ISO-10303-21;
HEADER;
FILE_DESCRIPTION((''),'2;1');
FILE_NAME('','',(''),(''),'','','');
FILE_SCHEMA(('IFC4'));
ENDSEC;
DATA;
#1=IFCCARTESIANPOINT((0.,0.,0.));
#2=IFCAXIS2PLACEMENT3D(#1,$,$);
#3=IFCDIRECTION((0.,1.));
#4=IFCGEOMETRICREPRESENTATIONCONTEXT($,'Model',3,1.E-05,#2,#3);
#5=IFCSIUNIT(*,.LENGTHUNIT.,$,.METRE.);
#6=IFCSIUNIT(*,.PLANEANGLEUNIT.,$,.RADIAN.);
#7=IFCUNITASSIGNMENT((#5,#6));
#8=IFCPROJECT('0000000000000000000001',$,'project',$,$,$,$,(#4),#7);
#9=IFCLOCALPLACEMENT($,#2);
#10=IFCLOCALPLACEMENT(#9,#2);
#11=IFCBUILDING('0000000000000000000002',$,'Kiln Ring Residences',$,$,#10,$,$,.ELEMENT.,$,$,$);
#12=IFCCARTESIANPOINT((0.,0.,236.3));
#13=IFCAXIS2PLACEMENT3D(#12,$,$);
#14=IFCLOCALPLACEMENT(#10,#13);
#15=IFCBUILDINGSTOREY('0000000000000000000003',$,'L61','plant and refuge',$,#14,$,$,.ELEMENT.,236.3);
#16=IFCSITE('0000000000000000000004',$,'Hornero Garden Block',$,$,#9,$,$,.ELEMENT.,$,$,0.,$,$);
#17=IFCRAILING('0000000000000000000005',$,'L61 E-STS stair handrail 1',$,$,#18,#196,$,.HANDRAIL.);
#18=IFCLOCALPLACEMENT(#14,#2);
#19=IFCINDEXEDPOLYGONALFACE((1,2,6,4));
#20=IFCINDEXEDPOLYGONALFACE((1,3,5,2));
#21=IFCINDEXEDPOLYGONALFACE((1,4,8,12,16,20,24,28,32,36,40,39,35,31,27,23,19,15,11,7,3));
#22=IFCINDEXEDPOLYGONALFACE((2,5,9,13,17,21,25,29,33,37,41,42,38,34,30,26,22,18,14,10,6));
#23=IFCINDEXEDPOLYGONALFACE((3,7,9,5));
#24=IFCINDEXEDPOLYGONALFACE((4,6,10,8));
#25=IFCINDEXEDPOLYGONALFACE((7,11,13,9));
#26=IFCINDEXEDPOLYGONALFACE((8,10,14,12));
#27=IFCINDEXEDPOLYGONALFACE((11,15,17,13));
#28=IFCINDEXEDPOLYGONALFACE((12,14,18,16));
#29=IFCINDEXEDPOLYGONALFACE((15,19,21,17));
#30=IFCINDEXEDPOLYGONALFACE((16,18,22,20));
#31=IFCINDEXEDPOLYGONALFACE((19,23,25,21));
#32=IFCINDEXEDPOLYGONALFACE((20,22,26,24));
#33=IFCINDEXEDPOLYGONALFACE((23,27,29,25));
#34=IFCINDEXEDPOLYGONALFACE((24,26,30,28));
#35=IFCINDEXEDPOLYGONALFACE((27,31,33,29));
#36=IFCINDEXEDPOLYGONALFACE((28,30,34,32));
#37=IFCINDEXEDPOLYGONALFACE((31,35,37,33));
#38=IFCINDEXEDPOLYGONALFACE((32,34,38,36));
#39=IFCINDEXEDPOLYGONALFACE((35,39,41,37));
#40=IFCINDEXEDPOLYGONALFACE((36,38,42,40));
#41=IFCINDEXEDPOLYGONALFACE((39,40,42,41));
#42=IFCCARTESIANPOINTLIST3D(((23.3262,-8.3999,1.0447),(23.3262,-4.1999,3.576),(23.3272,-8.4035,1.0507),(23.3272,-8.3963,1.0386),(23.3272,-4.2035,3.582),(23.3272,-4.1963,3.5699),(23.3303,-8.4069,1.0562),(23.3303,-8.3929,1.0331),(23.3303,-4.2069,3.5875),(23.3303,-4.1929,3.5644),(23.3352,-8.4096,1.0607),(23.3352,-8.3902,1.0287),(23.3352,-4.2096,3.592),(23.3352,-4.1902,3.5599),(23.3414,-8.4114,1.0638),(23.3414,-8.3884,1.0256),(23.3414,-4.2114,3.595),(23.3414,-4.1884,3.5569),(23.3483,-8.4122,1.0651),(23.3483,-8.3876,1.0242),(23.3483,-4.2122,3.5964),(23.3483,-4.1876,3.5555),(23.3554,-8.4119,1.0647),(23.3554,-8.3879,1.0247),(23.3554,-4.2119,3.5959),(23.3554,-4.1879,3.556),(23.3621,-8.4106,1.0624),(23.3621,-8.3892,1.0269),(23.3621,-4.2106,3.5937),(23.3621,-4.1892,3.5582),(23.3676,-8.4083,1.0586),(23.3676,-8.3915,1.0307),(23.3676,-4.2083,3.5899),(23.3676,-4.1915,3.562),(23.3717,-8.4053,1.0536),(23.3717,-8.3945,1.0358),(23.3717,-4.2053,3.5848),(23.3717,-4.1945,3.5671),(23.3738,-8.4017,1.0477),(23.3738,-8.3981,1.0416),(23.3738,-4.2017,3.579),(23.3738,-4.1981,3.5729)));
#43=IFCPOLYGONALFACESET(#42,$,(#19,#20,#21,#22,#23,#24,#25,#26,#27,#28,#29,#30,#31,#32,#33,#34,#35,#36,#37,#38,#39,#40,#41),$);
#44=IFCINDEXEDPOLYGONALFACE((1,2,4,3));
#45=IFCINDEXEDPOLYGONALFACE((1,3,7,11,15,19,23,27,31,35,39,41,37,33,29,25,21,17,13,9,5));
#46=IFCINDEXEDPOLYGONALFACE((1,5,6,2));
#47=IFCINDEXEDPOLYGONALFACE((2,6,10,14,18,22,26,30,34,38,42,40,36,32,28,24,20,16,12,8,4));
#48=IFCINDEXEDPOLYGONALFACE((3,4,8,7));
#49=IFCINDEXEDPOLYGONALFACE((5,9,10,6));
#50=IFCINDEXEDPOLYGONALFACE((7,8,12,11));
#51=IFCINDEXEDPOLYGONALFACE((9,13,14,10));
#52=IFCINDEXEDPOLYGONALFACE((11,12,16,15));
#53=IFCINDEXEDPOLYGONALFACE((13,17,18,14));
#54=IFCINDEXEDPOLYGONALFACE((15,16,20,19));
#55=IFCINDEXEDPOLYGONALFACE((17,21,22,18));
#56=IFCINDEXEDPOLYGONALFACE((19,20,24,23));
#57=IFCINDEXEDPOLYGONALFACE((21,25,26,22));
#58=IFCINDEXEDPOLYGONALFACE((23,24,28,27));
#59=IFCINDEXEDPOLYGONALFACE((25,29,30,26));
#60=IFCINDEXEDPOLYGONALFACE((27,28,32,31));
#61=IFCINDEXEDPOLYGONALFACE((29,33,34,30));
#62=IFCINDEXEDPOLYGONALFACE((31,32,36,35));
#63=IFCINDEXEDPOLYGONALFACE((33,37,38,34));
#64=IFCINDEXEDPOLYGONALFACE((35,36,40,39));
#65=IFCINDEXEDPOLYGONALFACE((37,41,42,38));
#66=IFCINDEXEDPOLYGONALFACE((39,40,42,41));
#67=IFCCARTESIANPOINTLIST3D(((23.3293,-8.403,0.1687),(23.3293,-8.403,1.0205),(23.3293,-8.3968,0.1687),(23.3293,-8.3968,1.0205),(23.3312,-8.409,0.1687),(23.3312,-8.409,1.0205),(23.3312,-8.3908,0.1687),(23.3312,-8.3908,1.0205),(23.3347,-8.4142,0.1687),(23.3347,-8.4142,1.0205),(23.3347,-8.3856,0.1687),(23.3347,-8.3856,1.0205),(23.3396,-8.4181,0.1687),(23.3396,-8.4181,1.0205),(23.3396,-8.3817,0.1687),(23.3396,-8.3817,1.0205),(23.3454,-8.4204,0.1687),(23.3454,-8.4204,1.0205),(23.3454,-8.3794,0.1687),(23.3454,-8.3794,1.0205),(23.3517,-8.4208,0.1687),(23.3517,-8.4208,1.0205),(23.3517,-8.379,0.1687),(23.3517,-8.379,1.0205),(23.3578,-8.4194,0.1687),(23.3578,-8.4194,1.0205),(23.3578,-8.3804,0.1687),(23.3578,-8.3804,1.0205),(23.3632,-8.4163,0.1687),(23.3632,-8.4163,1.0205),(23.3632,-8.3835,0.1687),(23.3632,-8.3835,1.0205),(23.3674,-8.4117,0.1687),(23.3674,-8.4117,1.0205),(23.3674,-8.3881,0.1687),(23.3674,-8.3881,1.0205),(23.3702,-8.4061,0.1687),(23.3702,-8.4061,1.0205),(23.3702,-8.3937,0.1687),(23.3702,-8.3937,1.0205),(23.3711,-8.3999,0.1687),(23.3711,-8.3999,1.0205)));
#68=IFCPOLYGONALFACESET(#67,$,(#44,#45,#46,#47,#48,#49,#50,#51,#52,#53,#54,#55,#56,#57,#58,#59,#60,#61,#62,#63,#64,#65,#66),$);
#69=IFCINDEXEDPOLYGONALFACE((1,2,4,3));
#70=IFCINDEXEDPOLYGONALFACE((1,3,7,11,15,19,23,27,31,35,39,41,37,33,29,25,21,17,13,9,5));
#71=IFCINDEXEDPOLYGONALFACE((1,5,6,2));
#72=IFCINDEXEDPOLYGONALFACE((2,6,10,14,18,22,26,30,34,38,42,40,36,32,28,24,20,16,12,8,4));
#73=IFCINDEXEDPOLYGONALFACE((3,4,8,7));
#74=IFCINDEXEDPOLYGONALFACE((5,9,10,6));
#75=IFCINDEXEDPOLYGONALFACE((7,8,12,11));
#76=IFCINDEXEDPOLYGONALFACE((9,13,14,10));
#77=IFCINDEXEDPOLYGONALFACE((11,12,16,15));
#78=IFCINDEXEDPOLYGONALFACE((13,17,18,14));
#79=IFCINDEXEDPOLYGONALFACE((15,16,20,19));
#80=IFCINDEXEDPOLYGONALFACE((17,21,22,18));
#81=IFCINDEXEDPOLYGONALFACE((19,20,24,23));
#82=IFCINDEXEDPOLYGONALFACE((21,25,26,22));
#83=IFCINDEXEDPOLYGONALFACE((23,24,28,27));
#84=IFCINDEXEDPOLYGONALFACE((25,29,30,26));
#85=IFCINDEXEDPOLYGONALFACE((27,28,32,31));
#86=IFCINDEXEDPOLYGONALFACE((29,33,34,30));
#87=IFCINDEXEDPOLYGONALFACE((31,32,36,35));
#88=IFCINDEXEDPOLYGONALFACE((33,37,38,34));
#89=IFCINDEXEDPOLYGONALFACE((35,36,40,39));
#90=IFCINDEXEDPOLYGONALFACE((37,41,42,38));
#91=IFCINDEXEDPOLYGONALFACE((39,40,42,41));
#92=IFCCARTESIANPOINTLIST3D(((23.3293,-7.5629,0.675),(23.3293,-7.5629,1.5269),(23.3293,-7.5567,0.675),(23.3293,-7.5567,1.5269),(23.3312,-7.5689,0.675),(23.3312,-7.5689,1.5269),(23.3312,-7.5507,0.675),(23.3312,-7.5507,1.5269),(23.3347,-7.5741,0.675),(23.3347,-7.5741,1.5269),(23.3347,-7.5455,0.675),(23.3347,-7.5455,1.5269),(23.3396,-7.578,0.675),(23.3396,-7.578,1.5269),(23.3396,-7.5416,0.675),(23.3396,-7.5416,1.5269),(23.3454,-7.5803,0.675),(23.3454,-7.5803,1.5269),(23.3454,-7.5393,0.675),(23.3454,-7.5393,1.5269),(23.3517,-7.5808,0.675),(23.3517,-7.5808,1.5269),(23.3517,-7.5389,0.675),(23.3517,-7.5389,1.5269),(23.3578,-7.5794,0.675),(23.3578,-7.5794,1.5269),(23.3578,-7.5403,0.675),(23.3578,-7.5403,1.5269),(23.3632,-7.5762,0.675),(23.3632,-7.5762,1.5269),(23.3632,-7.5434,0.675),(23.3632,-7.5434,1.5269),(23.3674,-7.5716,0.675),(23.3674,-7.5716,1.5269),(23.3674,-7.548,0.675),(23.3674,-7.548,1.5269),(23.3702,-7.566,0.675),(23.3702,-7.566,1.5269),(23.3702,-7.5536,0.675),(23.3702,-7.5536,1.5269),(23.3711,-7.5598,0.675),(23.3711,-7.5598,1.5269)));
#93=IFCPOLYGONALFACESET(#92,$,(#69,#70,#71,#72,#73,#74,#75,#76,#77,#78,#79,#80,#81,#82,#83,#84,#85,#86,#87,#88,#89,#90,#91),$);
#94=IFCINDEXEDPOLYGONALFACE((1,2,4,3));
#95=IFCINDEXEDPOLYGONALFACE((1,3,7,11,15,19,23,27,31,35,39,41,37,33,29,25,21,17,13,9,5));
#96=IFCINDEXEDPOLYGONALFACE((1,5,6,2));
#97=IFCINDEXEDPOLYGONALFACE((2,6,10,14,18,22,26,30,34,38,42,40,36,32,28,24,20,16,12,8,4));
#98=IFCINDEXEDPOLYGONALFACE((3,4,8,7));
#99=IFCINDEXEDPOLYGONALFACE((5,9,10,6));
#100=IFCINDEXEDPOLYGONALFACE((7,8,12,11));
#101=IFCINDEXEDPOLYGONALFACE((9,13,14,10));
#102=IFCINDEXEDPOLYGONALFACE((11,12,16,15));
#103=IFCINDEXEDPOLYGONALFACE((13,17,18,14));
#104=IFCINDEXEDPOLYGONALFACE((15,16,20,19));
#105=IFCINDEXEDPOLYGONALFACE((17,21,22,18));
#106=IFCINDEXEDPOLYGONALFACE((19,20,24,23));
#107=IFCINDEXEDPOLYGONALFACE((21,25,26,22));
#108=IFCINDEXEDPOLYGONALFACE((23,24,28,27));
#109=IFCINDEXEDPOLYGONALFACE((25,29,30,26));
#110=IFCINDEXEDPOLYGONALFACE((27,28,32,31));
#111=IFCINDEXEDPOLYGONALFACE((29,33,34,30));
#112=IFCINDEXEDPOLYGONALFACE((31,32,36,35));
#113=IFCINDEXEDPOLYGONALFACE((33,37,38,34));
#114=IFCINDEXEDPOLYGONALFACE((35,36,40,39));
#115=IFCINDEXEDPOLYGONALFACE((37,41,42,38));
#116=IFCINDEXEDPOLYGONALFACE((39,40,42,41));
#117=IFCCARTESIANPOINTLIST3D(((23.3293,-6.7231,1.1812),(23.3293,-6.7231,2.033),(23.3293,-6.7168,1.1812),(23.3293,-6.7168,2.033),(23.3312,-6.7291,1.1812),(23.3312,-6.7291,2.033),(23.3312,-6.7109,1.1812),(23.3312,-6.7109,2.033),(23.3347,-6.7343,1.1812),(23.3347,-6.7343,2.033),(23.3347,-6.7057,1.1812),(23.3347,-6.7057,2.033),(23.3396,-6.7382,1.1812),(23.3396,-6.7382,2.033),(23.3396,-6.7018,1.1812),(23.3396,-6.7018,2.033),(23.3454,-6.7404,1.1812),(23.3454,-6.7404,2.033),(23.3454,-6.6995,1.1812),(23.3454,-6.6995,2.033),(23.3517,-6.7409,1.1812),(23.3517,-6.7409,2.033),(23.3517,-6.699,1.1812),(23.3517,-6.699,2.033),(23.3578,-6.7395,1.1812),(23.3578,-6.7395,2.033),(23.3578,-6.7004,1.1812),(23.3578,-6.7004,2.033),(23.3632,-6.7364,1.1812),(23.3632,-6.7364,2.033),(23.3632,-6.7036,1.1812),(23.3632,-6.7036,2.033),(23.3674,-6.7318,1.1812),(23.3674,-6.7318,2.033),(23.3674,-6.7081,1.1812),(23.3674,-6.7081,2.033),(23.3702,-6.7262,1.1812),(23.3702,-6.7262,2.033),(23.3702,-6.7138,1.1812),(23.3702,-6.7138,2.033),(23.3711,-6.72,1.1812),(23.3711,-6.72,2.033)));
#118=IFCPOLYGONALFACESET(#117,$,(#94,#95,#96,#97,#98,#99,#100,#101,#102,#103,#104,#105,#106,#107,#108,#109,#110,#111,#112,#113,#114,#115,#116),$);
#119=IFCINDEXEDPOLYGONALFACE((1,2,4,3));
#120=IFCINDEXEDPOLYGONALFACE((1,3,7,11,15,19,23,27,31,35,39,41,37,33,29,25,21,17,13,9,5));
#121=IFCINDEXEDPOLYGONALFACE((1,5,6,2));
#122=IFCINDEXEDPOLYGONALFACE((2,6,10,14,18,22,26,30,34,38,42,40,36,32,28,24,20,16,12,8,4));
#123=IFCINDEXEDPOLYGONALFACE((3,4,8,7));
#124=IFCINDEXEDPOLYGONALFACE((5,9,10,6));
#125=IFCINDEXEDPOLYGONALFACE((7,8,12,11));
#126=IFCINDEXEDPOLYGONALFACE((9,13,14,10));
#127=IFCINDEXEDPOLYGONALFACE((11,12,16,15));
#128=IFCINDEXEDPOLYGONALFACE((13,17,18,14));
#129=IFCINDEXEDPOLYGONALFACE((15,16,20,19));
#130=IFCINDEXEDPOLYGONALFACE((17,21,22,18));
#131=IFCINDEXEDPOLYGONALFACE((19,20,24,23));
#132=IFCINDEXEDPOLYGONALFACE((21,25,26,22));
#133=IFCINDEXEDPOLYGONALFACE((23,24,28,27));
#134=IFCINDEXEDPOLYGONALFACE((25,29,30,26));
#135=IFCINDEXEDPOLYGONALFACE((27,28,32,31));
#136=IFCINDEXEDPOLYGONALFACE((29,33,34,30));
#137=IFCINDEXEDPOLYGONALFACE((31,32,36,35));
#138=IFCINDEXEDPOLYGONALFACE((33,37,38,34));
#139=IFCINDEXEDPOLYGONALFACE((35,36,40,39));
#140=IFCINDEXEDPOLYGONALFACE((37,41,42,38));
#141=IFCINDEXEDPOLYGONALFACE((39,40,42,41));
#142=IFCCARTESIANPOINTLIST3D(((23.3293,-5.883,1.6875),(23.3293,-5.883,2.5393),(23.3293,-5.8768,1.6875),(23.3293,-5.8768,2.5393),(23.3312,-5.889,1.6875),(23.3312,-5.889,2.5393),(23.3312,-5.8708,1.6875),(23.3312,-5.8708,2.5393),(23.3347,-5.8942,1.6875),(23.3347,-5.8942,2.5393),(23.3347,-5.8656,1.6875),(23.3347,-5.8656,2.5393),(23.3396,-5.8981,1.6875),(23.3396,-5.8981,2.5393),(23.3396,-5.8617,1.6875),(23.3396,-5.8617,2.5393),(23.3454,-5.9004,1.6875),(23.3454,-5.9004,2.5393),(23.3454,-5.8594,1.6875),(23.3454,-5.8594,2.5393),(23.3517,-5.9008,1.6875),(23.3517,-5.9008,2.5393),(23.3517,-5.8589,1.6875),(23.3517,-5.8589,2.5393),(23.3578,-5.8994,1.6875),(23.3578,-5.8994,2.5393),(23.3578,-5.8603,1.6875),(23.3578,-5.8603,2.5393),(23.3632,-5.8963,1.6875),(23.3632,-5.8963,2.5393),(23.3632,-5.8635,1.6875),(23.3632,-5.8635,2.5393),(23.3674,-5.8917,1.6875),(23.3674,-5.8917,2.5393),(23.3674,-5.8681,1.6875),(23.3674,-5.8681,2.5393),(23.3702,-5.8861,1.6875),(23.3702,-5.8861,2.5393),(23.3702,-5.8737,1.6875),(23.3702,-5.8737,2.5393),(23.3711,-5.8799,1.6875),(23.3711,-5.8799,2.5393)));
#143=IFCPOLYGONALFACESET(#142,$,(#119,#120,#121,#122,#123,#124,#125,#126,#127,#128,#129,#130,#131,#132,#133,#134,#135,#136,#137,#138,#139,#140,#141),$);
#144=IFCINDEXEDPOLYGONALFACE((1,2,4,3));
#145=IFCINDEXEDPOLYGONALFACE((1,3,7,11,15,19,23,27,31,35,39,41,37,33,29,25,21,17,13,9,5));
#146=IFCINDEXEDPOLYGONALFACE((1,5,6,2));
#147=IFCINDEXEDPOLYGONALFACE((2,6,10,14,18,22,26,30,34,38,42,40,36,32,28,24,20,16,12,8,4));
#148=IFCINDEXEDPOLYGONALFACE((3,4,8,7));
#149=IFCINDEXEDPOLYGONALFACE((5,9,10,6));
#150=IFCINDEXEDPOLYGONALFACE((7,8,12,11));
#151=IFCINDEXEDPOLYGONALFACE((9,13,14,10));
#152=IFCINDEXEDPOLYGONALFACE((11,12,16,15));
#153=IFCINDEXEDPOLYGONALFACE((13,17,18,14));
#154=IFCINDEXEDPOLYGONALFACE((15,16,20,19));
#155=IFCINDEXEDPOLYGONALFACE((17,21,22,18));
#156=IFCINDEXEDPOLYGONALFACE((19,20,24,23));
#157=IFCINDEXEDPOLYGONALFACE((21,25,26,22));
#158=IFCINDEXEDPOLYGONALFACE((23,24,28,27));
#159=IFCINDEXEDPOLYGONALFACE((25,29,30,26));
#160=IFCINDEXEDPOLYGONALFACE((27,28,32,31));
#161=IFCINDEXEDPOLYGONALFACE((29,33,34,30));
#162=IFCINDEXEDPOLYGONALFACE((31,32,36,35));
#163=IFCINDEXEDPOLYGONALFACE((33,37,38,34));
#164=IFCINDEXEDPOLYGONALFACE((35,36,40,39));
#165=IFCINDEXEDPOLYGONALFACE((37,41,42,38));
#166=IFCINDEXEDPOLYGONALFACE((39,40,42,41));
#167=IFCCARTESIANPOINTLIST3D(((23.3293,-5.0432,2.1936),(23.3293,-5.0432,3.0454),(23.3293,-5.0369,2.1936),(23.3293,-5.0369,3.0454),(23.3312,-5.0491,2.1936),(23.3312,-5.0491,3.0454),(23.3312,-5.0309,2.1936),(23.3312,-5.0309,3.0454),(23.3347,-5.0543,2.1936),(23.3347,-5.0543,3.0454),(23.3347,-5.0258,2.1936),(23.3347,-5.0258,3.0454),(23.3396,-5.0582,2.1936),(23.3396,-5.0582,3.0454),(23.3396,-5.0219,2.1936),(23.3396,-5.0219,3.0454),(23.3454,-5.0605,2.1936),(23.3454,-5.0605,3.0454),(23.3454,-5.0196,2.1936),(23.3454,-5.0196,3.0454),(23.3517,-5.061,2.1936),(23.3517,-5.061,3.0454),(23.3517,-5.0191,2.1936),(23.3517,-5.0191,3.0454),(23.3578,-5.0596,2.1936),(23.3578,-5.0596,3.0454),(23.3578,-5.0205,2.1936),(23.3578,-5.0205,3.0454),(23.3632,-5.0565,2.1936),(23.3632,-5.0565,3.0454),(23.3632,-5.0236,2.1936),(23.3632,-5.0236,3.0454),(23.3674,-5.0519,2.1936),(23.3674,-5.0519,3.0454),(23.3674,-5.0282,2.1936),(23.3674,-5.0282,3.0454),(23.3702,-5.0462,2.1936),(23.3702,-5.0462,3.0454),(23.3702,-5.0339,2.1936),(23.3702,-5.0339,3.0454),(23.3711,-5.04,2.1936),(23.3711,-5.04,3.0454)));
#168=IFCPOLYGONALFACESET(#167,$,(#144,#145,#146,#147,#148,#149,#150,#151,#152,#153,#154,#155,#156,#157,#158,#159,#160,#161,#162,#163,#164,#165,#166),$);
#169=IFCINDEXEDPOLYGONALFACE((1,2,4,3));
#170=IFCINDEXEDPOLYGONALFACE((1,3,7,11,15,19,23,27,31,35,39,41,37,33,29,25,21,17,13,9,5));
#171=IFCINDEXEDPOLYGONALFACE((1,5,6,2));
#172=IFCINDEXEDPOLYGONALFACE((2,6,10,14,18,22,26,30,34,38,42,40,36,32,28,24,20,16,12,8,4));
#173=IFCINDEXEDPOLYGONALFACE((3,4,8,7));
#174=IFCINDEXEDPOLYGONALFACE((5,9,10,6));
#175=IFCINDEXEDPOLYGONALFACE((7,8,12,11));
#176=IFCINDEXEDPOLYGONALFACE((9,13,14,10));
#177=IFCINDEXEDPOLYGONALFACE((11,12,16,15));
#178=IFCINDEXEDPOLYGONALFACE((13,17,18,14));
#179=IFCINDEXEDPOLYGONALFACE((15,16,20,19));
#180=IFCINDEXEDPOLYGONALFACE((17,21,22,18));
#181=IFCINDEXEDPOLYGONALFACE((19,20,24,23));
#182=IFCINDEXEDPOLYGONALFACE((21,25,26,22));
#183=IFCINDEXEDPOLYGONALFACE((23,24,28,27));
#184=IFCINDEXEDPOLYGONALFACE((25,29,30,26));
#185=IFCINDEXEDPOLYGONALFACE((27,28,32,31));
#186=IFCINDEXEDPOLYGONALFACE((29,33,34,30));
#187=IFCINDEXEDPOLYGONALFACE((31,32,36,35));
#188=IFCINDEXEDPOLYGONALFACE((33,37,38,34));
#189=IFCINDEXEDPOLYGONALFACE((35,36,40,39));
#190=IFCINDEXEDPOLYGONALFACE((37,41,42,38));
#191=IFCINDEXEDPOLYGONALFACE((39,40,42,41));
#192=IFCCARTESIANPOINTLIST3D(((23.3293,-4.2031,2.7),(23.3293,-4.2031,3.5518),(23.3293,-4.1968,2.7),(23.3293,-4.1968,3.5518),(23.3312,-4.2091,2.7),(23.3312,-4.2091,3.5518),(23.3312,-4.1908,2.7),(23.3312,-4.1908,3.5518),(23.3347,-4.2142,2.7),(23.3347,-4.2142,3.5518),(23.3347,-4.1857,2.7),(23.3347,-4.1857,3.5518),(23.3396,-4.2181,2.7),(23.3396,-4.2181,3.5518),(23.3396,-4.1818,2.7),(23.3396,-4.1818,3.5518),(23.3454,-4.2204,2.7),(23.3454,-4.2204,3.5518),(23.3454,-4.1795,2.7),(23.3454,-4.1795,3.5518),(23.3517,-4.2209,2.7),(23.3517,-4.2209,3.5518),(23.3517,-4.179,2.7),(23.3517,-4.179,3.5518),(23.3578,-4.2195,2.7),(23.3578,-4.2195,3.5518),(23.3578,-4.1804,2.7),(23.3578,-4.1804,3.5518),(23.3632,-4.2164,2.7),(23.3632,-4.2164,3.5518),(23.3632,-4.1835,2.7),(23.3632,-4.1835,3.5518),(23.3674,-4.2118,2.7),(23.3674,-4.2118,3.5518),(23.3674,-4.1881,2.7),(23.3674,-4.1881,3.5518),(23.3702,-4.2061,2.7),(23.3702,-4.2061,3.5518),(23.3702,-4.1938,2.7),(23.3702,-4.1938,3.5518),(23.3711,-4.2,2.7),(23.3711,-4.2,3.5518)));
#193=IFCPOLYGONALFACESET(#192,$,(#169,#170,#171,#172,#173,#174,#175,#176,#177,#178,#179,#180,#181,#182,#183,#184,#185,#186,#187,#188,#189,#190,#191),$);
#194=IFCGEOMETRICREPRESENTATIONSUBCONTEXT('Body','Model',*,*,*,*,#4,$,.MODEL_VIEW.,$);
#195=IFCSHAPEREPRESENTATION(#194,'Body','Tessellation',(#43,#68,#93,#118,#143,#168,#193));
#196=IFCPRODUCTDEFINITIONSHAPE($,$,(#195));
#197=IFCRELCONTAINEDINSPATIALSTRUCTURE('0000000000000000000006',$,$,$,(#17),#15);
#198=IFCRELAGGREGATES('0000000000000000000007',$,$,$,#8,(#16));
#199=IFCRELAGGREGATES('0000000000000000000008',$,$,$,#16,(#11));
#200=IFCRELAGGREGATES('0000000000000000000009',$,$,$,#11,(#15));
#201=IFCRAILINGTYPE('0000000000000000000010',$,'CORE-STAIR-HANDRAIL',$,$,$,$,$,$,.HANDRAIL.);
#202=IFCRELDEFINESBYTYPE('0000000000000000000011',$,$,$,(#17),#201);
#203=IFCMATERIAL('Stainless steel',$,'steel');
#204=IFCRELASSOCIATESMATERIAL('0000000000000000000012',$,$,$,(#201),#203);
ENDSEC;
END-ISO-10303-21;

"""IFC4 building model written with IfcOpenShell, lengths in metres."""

from ifc_helpers import new_model, si_unit, direction, frame, origin, origin_2d, place, context, subcontext, project, spatial, circle, extrude, material, type_object, element, save


model = new_model("IFC4")

# Units and contexts
model_context = context("Model", 3, precision=1e-05, world=origin(), true_north=direction((0.0, 1.0)))
body_context = subcontext(model_context, "Body", "Model", "MODEL_VIEW")
ifc_project = project(units=[si_unit("LENGTHUNIT", "METRE"), si_unit("PLANEANGLEUNIT", "RADIAN")], contexts=[model_context])

# Site, building, storey
site_placement = place(None, origin())
site = spatial("IfcSite", under=ifc_project, at=site_placement, Name="Hornero Garden Block", CompositionType="ELEMENT", RefElevation=0.0)
building_placement = place(site_placement, origin())
building = spatial("IfcBuilding", under=site, at=building_placement, Name="Kiln Ring Residences", CompositionType="ELEMENT")
storey_placement = place(building_placement, frame((0.0, 0.0, 236.3)))
storey = spatial("IfcBuildingStorey", under=building, at=storey_placement, Name="L61", Description="plant and refuge", CompositionType="ELEMENT", Elevation=236.3)

# Railing
ifc_material_1 = material(Name="Stainless steel", Category="steel")
railing_type_1 = type_object("IfcRailingType", Name="CORE-STAIR-HANDRAIL", PredefinedType="HANDRAIL", material=ifc_material_1)
railing_1_placement = place(storey_placement, frame((23.3501, -8.3999, 0.1687)))
element("IfcRailing", 1, at=railing_1_placement, inside=storey, type_object=railing_type_1, Name="L61 E-STS stair handrail 1", PredefinedType="HANDRAIL", context=body_context, shape_type="SweptSolid", body=[
    extrude(circle(Radius=0.0239, at=origin_2d()), frame((0.0, 0.0, 0.876), z_axis=(0.0, 0.856476, 0.516186), x_axis=(-1.0, 0.0, 0.0)), (0.0, 0.0, 1.0), 4.9038),
    extrude(circle(Radius=0.021, at=origin_2d()), origin(), (0.0, 0.0, 1.0), 0.8518),
    extrude(circle(Radius=0.021, at=origin_2d()), frame((0.0, 0.8401, 0.5063)), (0.0, 0.0, 1.0), 0.8518),
    extrude(circle(Radius=0.021, at=origin_2d()), frame((0.0, 1.6799, 1.0125)), (0.0, 0.0, 1.0), 0.8518),
    extrude(circle(Radius=0.021, at=origin_2d()), frame((0.0, 2.52, 1.5188)), (0.0, 0.0, 1.0), 0.8518),
    extrude(circle(Radius=0.021, at=origin_2d()), frame((0.0, 3.3599, 2.0249)), (0.0, 0.0, 1.0), 0.8518),
    extrude(circle(Radius=0.021, at=origin_2d()), frame((0.0, 4.2, 2.5312)), (0.0, 0.0, 1.0), 0.8518),
])

save(model, "model.ifc")
